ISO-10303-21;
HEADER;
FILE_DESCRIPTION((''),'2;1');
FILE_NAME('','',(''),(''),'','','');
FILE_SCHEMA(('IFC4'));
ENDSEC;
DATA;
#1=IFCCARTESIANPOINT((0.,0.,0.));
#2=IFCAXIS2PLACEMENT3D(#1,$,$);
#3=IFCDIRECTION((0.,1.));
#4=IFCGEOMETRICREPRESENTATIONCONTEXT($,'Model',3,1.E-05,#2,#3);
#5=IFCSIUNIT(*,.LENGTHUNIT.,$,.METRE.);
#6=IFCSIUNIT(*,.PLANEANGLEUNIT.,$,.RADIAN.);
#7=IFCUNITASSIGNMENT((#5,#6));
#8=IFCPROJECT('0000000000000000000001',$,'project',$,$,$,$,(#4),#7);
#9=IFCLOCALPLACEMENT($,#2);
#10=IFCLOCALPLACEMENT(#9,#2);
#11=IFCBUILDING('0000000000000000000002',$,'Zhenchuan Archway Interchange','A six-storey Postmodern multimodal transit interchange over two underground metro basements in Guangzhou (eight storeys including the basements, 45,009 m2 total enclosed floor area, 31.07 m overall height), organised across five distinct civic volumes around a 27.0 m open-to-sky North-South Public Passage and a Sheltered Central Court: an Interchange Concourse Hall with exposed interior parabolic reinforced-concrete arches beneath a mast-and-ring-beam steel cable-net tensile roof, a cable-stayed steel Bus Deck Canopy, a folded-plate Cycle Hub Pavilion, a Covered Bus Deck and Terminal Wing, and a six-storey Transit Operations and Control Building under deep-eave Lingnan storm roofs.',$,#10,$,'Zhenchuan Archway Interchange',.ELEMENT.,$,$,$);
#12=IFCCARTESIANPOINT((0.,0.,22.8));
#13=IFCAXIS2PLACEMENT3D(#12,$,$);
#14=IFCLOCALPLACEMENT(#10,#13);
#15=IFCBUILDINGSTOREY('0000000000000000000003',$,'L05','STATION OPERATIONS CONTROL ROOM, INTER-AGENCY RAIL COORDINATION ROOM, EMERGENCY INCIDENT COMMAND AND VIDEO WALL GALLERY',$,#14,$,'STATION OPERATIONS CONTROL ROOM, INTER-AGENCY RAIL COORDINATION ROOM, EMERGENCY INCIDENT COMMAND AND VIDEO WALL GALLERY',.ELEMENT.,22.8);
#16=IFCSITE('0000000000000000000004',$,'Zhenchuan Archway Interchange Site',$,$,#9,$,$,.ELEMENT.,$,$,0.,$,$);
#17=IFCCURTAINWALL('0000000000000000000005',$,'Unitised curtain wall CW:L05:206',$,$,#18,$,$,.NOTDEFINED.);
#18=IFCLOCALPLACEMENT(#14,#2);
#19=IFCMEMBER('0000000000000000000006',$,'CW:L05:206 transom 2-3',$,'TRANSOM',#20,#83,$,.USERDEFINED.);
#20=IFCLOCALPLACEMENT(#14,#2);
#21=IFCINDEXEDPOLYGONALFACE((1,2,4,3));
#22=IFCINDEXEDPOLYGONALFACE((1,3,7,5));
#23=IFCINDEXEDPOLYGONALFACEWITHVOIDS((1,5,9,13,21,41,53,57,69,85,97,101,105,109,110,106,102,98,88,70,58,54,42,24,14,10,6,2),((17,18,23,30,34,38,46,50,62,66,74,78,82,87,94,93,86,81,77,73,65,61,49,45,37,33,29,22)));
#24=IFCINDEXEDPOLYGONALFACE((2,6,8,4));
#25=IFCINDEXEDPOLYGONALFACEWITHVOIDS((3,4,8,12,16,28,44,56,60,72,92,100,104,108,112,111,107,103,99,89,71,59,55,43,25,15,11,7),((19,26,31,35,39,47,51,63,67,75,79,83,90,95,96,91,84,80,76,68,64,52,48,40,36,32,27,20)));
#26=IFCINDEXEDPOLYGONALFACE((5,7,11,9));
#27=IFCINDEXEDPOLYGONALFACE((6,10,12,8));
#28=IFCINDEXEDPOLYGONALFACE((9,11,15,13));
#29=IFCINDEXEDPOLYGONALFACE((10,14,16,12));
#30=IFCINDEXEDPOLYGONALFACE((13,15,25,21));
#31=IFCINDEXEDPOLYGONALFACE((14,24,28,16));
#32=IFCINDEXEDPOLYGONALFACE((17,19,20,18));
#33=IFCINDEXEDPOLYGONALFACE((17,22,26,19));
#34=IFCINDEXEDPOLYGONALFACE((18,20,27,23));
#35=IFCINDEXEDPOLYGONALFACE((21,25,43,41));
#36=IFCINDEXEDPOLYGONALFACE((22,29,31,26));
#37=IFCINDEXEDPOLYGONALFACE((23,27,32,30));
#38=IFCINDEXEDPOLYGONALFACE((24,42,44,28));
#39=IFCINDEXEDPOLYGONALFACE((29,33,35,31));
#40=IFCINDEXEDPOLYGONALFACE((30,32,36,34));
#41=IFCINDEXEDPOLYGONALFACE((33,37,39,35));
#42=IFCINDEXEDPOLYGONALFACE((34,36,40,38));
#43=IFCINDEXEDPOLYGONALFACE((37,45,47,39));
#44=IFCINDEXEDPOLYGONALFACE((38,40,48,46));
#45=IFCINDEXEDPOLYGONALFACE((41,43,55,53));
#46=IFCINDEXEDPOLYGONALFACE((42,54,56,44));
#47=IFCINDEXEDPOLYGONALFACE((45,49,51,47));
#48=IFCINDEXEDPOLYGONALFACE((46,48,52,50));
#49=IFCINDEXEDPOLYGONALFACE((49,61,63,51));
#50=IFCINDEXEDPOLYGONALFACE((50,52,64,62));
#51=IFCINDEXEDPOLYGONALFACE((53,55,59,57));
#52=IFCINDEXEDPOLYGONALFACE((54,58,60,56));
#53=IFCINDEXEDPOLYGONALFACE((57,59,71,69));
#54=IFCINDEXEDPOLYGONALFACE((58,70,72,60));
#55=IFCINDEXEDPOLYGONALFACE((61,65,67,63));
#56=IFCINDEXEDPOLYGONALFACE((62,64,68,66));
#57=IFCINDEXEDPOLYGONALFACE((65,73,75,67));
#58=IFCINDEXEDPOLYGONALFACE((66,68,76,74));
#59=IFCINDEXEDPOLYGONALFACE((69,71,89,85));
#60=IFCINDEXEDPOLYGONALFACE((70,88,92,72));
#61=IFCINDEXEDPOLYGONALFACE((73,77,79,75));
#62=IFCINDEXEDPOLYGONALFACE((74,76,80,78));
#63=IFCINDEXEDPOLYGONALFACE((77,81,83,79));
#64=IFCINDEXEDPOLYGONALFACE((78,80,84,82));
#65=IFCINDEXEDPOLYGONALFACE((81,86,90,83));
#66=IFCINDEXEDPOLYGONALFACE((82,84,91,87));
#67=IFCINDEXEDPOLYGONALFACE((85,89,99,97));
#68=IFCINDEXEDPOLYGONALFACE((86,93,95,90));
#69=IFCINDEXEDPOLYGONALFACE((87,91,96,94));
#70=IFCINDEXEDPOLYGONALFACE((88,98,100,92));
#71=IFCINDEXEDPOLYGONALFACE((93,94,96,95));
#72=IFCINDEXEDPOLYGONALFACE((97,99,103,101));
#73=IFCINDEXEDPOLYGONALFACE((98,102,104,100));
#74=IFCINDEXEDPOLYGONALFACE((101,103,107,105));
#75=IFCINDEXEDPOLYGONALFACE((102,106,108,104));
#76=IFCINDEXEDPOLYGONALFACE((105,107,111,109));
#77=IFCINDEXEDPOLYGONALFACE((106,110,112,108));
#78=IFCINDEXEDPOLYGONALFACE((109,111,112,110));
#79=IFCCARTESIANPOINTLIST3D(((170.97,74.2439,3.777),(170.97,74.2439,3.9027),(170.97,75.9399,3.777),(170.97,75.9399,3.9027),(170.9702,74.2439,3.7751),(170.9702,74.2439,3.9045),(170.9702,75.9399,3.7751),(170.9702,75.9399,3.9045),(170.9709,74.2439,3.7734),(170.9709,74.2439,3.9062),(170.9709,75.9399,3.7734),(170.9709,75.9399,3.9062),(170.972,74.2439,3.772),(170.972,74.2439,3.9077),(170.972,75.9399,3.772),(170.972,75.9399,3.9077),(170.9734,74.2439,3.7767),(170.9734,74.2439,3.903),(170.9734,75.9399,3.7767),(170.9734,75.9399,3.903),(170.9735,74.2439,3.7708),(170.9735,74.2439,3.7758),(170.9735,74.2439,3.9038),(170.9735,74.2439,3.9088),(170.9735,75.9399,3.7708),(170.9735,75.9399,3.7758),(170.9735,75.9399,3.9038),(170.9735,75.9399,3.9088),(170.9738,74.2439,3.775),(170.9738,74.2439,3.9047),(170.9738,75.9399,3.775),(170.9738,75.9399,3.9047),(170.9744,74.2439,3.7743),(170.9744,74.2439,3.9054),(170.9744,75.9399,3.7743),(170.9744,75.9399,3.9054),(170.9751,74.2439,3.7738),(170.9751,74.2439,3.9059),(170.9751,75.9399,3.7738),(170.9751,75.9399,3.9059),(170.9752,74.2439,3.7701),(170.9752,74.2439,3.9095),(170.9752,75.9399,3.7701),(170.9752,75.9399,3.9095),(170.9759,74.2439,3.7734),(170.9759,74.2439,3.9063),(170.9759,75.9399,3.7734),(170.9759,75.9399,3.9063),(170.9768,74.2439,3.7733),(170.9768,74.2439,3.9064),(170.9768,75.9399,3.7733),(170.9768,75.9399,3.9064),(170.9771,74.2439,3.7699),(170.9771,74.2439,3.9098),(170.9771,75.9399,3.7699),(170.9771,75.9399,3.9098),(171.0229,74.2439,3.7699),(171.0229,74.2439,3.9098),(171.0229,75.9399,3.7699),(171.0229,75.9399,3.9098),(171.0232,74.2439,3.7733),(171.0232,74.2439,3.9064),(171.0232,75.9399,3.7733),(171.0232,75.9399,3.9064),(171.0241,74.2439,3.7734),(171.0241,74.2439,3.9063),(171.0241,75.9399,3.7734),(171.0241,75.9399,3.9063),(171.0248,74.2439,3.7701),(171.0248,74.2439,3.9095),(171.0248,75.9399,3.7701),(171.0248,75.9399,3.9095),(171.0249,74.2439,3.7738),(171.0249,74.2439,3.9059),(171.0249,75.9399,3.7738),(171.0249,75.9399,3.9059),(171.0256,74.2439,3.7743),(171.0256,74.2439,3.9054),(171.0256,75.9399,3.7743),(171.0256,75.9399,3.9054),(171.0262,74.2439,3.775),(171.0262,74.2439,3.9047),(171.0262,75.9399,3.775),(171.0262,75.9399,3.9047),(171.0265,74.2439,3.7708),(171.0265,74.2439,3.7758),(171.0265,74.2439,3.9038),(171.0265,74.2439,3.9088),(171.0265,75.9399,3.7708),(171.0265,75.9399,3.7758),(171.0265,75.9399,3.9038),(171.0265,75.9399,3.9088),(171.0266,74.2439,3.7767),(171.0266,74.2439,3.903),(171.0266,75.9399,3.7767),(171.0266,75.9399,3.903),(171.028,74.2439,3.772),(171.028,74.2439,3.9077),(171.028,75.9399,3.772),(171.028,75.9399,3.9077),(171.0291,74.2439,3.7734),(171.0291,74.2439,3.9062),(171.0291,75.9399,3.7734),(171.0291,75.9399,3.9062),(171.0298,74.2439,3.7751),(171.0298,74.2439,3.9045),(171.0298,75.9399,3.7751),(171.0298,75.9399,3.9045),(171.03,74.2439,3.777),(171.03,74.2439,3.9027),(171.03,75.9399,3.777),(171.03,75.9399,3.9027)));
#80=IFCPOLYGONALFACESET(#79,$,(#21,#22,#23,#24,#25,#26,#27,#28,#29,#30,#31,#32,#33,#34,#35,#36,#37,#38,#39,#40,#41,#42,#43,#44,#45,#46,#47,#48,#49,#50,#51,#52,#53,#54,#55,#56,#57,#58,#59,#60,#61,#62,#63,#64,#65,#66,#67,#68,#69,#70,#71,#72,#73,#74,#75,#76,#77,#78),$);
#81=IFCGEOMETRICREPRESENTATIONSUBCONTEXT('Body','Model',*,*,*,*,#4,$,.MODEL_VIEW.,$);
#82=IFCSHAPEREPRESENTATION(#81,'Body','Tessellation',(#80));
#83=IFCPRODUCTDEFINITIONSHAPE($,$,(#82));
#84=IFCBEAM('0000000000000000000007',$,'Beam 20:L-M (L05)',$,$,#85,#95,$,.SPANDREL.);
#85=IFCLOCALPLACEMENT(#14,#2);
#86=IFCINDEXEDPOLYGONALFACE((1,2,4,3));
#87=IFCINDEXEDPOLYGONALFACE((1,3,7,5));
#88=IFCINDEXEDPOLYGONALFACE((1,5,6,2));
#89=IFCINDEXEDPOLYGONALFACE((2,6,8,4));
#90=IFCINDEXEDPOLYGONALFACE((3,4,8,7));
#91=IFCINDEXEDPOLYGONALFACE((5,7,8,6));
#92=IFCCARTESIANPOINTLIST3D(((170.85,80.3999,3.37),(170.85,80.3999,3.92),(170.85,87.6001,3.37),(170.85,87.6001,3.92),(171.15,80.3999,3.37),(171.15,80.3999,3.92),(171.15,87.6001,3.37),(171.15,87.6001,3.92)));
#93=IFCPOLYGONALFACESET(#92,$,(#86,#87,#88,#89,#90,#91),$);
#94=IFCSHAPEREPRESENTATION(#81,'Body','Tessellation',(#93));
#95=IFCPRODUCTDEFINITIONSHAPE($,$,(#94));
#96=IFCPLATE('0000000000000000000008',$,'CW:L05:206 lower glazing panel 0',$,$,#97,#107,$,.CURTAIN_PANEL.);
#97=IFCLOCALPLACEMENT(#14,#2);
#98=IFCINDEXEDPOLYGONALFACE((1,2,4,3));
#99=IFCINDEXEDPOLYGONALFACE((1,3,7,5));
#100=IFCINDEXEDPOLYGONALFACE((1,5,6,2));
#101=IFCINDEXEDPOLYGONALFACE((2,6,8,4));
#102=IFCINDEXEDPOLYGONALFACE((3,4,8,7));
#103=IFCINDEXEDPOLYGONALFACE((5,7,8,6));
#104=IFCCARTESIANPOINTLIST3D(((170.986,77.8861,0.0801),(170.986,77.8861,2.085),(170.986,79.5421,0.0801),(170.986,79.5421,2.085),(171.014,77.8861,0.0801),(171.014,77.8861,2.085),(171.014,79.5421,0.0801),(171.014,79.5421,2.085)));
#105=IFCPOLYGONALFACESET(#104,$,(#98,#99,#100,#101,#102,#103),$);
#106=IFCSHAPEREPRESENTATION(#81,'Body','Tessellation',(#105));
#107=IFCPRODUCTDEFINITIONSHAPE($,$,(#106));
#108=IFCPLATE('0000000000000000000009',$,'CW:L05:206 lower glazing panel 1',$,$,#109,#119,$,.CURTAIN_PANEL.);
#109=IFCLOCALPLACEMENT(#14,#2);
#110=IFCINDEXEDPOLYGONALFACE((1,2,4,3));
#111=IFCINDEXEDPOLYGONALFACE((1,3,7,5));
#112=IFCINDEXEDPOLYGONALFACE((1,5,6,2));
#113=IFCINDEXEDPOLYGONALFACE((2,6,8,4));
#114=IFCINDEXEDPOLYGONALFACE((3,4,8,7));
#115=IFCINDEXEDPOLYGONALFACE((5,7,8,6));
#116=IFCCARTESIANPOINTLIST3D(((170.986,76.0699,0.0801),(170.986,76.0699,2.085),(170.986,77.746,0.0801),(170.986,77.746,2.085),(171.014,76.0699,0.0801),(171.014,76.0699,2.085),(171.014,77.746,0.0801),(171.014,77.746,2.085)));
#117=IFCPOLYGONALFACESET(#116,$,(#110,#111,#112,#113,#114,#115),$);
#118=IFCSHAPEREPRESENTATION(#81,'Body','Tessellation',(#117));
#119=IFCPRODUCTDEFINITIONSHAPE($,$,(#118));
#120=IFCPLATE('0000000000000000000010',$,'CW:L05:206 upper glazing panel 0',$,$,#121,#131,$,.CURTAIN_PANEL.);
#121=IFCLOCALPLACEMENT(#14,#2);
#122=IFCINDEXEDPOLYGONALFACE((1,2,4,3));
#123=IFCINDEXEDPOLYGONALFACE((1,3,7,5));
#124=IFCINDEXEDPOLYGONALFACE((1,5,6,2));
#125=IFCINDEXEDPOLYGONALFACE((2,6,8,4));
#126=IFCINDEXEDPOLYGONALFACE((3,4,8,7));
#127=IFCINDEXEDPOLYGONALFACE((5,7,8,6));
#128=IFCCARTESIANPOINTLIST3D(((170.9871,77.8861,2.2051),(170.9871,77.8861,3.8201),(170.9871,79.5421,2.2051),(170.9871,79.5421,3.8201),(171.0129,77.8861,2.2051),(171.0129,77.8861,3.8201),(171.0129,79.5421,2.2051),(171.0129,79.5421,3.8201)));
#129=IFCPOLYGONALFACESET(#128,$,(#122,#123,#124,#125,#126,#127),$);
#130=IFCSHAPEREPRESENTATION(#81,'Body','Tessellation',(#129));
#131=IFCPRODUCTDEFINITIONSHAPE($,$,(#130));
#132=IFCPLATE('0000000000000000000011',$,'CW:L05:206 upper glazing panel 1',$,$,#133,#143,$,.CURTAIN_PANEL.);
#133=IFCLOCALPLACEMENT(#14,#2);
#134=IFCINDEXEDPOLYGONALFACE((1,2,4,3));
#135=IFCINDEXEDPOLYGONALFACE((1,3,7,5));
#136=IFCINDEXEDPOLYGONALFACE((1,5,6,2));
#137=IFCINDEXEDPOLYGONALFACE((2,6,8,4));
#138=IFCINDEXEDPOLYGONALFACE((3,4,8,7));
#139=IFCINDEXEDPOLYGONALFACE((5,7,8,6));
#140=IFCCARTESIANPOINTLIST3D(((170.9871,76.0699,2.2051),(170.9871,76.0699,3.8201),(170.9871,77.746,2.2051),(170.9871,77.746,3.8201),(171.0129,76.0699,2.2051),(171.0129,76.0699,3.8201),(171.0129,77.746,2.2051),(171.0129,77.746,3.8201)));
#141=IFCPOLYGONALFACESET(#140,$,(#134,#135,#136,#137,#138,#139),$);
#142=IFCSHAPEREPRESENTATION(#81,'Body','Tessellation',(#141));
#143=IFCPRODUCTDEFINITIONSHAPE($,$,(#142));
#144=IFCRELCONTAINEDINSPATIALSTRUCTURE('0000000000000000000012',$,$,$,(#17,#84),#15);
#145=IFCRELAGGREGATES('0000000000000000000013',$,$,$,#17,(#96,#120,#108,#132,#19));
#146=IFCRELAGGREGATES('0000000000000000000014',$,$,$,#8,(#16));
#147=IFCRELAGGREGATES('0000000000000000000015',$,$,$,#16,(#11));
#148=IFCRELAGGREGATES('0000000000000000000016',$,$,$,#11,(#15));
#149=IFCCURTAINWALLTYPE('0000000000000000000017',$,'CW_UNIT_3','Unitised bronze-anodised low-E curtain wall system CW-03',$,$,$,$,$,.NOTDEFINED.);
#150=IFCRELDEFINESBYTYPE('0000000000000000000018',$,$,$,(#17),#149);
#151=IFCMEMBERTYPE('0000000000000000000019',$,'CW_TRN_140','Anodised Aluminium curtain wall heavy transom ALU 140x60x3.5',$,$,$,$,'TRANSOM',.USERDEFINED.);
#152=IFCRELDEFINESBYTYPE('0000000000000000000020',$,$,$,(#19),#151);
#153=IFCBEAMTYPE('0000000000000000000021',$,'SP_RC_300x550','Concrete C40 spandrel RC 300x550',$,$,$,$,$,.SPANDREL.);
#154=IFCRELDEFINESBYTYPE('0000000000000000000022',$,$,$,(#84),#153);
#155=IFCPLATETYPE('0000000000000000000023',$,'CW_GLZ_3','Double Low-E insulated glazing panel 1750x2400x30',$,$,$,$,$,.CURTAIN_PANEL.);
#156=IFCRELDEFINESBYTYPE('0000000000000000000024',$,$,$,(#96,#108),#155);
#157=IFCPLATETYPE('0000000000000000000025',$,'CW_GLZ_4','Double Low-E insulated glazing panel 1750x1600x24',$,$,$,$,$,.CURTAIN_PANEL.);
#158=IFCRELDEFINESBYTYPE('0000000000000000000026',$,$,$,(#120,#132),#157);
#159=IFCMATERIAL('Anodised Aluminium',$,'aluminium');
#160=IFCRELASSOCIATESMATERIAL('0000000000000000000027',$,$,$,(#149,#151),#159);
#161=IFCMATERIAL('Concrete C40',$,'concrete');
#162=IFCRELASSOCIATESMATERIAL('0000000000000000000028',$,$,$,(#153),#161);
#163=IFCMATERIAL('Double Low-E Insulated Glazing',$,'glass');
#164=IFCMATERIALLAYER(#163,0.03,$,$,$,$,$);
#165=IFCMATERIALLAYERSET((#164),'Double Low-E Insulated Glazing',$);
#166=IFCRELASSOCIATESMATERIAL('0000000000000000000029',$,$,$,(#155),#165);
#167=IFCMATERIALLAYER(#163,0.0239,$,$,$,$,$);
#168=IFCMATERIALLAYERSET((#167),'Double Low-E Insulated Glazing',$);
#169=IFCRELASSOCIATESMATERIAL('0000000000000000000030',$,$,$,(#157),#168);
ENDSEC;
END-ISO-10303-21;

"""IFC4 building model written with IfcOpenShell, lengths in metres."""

from ifc_helpers import new_model, si_unit, direction, frame, origin, origin_2d, place, context, subcontext, project, spatial, rectangle, hollow_rectangle, extrude, material, layer, layer_set, material_profile, profile_set, type_object, element, aggregate, save


model = new_model("IFC4")

# Units and contexts
model_context = context("Model", 3, precision=1e-05, world=origin(), true_north=direction((0.0, 1.0)))
body_context = subcontext(model_context, "Body", "Model", "MODEL_VIEW")
ifc_project = project(units=[si_unit("LENGTHUNIT", "METRE"), si_unit("PLANEANGLEUNIT", "RADIAN")], contexts=[model_context])

# Site, building, storey
site_placement = place(None, origin())
site = spatial("IfcSite", under=ifc_project, at=site_placement, Name="Zhenchuan Archway Interchange Site", CompositionType="ELEMENT", RefElevation=0.0)
building_placement = place(site_placement, origin())
building = spatial("IfcBuilding", under=site, at=building_placement, Name="Zhenchuan Archway Interchange", Description="A six-storey Postmodern multimodal transit interchange over two underground metro basements in Guangzhou (eight storeys including the basements, 45,009 m2 total enclosed floor area, 31.07 m overall height), organised across five distinct civic volumes around a 27.0 m open-to-sky North-South Public Passage and a Sheltered Central Court: an Interchange Concourse Hall with exposed interior parabolic reinforced-concrete arches beneath a mast-and-ring-beam steel cable-net tensile roof, a cable-stayed steel Bus Deck Canopy, a folded-plate Cycle Hub Pavilion, a Covered Bus Deck and Terminal Wing, and a six-storey Transit Operations and Control Building under deep-eave Lingnan storm roofs.", LongName="Zhenchuan Archway Interchange", CompositionType="ELEMENT")
storey_placement = place(building_placement, frame((0.0, 0.0, 22.8)))
storey = spatial("IfcBuildingStorey", under=building, at=storey_placement, Name="L05", Description="STATION OPERATIONS CONTROL ROOM, INTER-AGENCY RAIL COORDINATION ROOM, EMERGENCY INCIDENT COMMAND AND VIDEO WALL GALLERY", LongName="STATION OPERATIONS CONTROL ROOM, INTER-AGENCY RAIL COORDINATION ROOM, EMERGENCY INCIDENT COMMAND AND VIDEO WALL GALLERY", CompositionType="ELEMENT", Elevation=22.8)

# Shared definitions
ifc_material_1 = material(Name="Concrete C40", Category="concrete")

# Curtain wall, member
ifc_material_2 = material(Name="Anodised Aluminium", Category="aluminium")
curtain_wall_type = type_object("IfcCurtainWallType", Name="CW_UNIT_3", Description="Unitised bronze-anodised low-E curtain wall system CW-03", PredefinedType="NOTDEFINED", material=ifc_material_2)
curtain_wall_placement = place(storey_placement, origin())
curtain_wall = element("IfcCurtainWall", 1, at=curtain_wall_placement, inside=storey, type_object=curtain_wall_type, Name="Unitised curtain wall CW:L05:206", PredefinedType="NOTDEFINED")
ifc_material_profile_1 = material_profile(ifc_material_2, hollow_rectangle(XDim=0.0601, YDim=0.1399, WallThickness=0.0034, InnerFilletRadius=0.0034, OuterFilletRadius=0.0071, at=origin_2d()), Name="ALU 140x60x3.5")
ifc_profile_set_1 = profile_set([ifc_material_profile_1], Name="Anodised Aluminium")
member_type_1 = type_object("IfcMemberType", Name="CW_TRN_140", Description="Anodised Aluminium curtain wall heavy transom ALU 140x60x3.5", ElementType="TRANSOM", PredefinedType="USERDEFINED", material=ifc_profile_set_1)
member_1_placement = place(storey_placement, frame((171.0, 75.9399, 3.8398), z_axis=(0.0, -1.0, 0.0), x_axis=(1.0, 0.0, 0.0)))
member_1 = element("IfcMember", 2, at=member_1_placement, type_object=member_type_1, Name="CW:L05:206 transom 2-3", ObjectType="TRANSOM", PredefinedType="USERDEFINED", context=body_context, shape_type="SweptSolid", body=[
    extrude(hollow_rectangle(XDim=0.0601, YDim=0.1399, WallThickness=0.0034, InnerFilletRadius=0.0034, OuterFilletRadius=0.0071, at=origin_2d()), origin(), (0.0, 0.0, 1.0), 1.696),
])

# Beam
ifc_material_profile_2 = material_profile(ifc_material_1, rectangle(XDim=0.3, YDim=0.55, at=origin_2d()), Name="RC 300x550")
ifc_profile_set_2 = profile_set([ifc_material_profile_2], Name="Concrete C40")
beam_type_1 = type_object("IfcBeamType", Name="SP_RC_300x550", Description="Concrete C40 spandrel RC 300x550", PredefinedType="SPANDREL", material=ifc_profile_set_2)
beam_1_placement = place(storey_placement, frame((171.0, 80.3999, 3.645), z_axis=(0.0, 1.0, 0.0), x_axis=(-1.0, 0.0, 0.0)))
element("IfcBeam", 3, at=beam_1_placement, inside=storey, type_object=beam_type_1, Name="Beam 20:L-M (L05)", PredefinedType="SPANDREL", context=body_context, shape_type="SweptSolid", body=[
    extrude(rectangle(XDim=0.3, YDim=0.55, at=origin_2d()), origin(), (0.0, 0.0, 1.0), 7.2002),
])

# Plates
ifc_material_3 = material(Name="Double Low-E Insulated Glazing", Category="glass")
ifc_layer_1 = layer(ifc_material_3, 0.03)
ifc_layer_set_1 = layer_set([ifc_layer_1], Name="Double Low-E Insulated Glazing")
plate_type_1 = type_object("IfcPlateType", Name="CW_GLZ_3", Description="Double Low-E insulated glazing panel 1750x2400x30", PredefinedType="CURTAIN_PANEL", material=ifc_layer_set_1)
plate_1_placement = place(storey_placement, frame((171.0, 78.7141, 0.0801), z_axis=(0.0, 0.0, 1.0), x_axis=(0.0, -1.0, 0.0)))
plate_1 = element("IfcPlate", 4, at=plate_1_placement, type_object=plate_type_1, Name="CW:L05:206 lower glazing panel 0", PredefinedType="CURTAIN_PANEL", context=body_context, shape_type="SweptSolid", body=[
    extrude(rectangle(XDim=1.656, YDim=0.0281, at=origin_2d()), origin(), (0.0, 0.0, 1.0), 2.0049),
])
plate_2_placement = place(storey_placement, frame((171.0, 76.908, 0.0801), z_axis=(0.0, 0.0, 1.0), x_axis=(0.0, -1.0, 0.0)))
plate_2 = element("IfcPlate", 5, at=plate_2_placement, type_object=plate_type_1, Name="CW:L05:206 lower glazing panel 1", PredefinedType="CURTAIN_PANEL", context=body_context, shape_type="SweptSolid", body=[
    extrude(rectangle(XDim=1.676, YDim=0.0281, at=origin_2d()), origin(), (0.0, 0.0, 1.0), 2.0049),
])
ifc_layer_2 = layer(ifc_material_3, 0.0239)
ifc_layer_set_2 = layer_set([ifc_layer_2], Name="Double Low-E Insulated Glazing")
plate_type_2 = type_object("IfcPlateType", Name="CW_GLZ_4", Description="Double Low-E insulated glazing panel 1750x1600x24", PredefinedType="CURTAIN_PANEL", material=ifc_layer_set_2)
plate_3_placement = place(storey_placement, frame((171.0, 78.7141, 2.2051), z_axis=(0.0, 0.0, 1.0), x_axis=(0.0, -1.0, 0.0)))
plate_3 = element("IfcPlate", 6, at=plate_3_placement, type_object=plate_type_2, Name="CW:L05:206 upper glazing panel 0", PredefinedType="CURTAIN_PANEL", context=body_context, shape_type="SweptSolid", body=[
    extrude(rectangle(XDim=1.656, YDim=0.0259, at=origin_2d()), origin(), (0.0, 0.0, 1.0), 1.615),
])
plate_4_placement = place(storey_placement, frame((171.0, 76.908, 2.2051), z_axis=(0.0, 0.0, 1.0), x_axis=(0.0, -1.0, 0.0)))
plate_4 = element("IfcPlate", 7, at=plate_4_placement, type_object=plate_type_2, Name="CW:L05:206 upper glazing panel 1", PredefinedType="CURTAIN_PANEL", context=body_context, shape_type="SweptSolid", body=[
    extrude(rectangle(XDim=1.676, YDim=0.0259, at=origin_2d()), origin(), (0.0, 0.0, 1.0), 1.615),
])
aggregate(curtain_wall, [plate_1, plate_3, plate_2, plate_4, member_1])

save(model, "model.ifc")
